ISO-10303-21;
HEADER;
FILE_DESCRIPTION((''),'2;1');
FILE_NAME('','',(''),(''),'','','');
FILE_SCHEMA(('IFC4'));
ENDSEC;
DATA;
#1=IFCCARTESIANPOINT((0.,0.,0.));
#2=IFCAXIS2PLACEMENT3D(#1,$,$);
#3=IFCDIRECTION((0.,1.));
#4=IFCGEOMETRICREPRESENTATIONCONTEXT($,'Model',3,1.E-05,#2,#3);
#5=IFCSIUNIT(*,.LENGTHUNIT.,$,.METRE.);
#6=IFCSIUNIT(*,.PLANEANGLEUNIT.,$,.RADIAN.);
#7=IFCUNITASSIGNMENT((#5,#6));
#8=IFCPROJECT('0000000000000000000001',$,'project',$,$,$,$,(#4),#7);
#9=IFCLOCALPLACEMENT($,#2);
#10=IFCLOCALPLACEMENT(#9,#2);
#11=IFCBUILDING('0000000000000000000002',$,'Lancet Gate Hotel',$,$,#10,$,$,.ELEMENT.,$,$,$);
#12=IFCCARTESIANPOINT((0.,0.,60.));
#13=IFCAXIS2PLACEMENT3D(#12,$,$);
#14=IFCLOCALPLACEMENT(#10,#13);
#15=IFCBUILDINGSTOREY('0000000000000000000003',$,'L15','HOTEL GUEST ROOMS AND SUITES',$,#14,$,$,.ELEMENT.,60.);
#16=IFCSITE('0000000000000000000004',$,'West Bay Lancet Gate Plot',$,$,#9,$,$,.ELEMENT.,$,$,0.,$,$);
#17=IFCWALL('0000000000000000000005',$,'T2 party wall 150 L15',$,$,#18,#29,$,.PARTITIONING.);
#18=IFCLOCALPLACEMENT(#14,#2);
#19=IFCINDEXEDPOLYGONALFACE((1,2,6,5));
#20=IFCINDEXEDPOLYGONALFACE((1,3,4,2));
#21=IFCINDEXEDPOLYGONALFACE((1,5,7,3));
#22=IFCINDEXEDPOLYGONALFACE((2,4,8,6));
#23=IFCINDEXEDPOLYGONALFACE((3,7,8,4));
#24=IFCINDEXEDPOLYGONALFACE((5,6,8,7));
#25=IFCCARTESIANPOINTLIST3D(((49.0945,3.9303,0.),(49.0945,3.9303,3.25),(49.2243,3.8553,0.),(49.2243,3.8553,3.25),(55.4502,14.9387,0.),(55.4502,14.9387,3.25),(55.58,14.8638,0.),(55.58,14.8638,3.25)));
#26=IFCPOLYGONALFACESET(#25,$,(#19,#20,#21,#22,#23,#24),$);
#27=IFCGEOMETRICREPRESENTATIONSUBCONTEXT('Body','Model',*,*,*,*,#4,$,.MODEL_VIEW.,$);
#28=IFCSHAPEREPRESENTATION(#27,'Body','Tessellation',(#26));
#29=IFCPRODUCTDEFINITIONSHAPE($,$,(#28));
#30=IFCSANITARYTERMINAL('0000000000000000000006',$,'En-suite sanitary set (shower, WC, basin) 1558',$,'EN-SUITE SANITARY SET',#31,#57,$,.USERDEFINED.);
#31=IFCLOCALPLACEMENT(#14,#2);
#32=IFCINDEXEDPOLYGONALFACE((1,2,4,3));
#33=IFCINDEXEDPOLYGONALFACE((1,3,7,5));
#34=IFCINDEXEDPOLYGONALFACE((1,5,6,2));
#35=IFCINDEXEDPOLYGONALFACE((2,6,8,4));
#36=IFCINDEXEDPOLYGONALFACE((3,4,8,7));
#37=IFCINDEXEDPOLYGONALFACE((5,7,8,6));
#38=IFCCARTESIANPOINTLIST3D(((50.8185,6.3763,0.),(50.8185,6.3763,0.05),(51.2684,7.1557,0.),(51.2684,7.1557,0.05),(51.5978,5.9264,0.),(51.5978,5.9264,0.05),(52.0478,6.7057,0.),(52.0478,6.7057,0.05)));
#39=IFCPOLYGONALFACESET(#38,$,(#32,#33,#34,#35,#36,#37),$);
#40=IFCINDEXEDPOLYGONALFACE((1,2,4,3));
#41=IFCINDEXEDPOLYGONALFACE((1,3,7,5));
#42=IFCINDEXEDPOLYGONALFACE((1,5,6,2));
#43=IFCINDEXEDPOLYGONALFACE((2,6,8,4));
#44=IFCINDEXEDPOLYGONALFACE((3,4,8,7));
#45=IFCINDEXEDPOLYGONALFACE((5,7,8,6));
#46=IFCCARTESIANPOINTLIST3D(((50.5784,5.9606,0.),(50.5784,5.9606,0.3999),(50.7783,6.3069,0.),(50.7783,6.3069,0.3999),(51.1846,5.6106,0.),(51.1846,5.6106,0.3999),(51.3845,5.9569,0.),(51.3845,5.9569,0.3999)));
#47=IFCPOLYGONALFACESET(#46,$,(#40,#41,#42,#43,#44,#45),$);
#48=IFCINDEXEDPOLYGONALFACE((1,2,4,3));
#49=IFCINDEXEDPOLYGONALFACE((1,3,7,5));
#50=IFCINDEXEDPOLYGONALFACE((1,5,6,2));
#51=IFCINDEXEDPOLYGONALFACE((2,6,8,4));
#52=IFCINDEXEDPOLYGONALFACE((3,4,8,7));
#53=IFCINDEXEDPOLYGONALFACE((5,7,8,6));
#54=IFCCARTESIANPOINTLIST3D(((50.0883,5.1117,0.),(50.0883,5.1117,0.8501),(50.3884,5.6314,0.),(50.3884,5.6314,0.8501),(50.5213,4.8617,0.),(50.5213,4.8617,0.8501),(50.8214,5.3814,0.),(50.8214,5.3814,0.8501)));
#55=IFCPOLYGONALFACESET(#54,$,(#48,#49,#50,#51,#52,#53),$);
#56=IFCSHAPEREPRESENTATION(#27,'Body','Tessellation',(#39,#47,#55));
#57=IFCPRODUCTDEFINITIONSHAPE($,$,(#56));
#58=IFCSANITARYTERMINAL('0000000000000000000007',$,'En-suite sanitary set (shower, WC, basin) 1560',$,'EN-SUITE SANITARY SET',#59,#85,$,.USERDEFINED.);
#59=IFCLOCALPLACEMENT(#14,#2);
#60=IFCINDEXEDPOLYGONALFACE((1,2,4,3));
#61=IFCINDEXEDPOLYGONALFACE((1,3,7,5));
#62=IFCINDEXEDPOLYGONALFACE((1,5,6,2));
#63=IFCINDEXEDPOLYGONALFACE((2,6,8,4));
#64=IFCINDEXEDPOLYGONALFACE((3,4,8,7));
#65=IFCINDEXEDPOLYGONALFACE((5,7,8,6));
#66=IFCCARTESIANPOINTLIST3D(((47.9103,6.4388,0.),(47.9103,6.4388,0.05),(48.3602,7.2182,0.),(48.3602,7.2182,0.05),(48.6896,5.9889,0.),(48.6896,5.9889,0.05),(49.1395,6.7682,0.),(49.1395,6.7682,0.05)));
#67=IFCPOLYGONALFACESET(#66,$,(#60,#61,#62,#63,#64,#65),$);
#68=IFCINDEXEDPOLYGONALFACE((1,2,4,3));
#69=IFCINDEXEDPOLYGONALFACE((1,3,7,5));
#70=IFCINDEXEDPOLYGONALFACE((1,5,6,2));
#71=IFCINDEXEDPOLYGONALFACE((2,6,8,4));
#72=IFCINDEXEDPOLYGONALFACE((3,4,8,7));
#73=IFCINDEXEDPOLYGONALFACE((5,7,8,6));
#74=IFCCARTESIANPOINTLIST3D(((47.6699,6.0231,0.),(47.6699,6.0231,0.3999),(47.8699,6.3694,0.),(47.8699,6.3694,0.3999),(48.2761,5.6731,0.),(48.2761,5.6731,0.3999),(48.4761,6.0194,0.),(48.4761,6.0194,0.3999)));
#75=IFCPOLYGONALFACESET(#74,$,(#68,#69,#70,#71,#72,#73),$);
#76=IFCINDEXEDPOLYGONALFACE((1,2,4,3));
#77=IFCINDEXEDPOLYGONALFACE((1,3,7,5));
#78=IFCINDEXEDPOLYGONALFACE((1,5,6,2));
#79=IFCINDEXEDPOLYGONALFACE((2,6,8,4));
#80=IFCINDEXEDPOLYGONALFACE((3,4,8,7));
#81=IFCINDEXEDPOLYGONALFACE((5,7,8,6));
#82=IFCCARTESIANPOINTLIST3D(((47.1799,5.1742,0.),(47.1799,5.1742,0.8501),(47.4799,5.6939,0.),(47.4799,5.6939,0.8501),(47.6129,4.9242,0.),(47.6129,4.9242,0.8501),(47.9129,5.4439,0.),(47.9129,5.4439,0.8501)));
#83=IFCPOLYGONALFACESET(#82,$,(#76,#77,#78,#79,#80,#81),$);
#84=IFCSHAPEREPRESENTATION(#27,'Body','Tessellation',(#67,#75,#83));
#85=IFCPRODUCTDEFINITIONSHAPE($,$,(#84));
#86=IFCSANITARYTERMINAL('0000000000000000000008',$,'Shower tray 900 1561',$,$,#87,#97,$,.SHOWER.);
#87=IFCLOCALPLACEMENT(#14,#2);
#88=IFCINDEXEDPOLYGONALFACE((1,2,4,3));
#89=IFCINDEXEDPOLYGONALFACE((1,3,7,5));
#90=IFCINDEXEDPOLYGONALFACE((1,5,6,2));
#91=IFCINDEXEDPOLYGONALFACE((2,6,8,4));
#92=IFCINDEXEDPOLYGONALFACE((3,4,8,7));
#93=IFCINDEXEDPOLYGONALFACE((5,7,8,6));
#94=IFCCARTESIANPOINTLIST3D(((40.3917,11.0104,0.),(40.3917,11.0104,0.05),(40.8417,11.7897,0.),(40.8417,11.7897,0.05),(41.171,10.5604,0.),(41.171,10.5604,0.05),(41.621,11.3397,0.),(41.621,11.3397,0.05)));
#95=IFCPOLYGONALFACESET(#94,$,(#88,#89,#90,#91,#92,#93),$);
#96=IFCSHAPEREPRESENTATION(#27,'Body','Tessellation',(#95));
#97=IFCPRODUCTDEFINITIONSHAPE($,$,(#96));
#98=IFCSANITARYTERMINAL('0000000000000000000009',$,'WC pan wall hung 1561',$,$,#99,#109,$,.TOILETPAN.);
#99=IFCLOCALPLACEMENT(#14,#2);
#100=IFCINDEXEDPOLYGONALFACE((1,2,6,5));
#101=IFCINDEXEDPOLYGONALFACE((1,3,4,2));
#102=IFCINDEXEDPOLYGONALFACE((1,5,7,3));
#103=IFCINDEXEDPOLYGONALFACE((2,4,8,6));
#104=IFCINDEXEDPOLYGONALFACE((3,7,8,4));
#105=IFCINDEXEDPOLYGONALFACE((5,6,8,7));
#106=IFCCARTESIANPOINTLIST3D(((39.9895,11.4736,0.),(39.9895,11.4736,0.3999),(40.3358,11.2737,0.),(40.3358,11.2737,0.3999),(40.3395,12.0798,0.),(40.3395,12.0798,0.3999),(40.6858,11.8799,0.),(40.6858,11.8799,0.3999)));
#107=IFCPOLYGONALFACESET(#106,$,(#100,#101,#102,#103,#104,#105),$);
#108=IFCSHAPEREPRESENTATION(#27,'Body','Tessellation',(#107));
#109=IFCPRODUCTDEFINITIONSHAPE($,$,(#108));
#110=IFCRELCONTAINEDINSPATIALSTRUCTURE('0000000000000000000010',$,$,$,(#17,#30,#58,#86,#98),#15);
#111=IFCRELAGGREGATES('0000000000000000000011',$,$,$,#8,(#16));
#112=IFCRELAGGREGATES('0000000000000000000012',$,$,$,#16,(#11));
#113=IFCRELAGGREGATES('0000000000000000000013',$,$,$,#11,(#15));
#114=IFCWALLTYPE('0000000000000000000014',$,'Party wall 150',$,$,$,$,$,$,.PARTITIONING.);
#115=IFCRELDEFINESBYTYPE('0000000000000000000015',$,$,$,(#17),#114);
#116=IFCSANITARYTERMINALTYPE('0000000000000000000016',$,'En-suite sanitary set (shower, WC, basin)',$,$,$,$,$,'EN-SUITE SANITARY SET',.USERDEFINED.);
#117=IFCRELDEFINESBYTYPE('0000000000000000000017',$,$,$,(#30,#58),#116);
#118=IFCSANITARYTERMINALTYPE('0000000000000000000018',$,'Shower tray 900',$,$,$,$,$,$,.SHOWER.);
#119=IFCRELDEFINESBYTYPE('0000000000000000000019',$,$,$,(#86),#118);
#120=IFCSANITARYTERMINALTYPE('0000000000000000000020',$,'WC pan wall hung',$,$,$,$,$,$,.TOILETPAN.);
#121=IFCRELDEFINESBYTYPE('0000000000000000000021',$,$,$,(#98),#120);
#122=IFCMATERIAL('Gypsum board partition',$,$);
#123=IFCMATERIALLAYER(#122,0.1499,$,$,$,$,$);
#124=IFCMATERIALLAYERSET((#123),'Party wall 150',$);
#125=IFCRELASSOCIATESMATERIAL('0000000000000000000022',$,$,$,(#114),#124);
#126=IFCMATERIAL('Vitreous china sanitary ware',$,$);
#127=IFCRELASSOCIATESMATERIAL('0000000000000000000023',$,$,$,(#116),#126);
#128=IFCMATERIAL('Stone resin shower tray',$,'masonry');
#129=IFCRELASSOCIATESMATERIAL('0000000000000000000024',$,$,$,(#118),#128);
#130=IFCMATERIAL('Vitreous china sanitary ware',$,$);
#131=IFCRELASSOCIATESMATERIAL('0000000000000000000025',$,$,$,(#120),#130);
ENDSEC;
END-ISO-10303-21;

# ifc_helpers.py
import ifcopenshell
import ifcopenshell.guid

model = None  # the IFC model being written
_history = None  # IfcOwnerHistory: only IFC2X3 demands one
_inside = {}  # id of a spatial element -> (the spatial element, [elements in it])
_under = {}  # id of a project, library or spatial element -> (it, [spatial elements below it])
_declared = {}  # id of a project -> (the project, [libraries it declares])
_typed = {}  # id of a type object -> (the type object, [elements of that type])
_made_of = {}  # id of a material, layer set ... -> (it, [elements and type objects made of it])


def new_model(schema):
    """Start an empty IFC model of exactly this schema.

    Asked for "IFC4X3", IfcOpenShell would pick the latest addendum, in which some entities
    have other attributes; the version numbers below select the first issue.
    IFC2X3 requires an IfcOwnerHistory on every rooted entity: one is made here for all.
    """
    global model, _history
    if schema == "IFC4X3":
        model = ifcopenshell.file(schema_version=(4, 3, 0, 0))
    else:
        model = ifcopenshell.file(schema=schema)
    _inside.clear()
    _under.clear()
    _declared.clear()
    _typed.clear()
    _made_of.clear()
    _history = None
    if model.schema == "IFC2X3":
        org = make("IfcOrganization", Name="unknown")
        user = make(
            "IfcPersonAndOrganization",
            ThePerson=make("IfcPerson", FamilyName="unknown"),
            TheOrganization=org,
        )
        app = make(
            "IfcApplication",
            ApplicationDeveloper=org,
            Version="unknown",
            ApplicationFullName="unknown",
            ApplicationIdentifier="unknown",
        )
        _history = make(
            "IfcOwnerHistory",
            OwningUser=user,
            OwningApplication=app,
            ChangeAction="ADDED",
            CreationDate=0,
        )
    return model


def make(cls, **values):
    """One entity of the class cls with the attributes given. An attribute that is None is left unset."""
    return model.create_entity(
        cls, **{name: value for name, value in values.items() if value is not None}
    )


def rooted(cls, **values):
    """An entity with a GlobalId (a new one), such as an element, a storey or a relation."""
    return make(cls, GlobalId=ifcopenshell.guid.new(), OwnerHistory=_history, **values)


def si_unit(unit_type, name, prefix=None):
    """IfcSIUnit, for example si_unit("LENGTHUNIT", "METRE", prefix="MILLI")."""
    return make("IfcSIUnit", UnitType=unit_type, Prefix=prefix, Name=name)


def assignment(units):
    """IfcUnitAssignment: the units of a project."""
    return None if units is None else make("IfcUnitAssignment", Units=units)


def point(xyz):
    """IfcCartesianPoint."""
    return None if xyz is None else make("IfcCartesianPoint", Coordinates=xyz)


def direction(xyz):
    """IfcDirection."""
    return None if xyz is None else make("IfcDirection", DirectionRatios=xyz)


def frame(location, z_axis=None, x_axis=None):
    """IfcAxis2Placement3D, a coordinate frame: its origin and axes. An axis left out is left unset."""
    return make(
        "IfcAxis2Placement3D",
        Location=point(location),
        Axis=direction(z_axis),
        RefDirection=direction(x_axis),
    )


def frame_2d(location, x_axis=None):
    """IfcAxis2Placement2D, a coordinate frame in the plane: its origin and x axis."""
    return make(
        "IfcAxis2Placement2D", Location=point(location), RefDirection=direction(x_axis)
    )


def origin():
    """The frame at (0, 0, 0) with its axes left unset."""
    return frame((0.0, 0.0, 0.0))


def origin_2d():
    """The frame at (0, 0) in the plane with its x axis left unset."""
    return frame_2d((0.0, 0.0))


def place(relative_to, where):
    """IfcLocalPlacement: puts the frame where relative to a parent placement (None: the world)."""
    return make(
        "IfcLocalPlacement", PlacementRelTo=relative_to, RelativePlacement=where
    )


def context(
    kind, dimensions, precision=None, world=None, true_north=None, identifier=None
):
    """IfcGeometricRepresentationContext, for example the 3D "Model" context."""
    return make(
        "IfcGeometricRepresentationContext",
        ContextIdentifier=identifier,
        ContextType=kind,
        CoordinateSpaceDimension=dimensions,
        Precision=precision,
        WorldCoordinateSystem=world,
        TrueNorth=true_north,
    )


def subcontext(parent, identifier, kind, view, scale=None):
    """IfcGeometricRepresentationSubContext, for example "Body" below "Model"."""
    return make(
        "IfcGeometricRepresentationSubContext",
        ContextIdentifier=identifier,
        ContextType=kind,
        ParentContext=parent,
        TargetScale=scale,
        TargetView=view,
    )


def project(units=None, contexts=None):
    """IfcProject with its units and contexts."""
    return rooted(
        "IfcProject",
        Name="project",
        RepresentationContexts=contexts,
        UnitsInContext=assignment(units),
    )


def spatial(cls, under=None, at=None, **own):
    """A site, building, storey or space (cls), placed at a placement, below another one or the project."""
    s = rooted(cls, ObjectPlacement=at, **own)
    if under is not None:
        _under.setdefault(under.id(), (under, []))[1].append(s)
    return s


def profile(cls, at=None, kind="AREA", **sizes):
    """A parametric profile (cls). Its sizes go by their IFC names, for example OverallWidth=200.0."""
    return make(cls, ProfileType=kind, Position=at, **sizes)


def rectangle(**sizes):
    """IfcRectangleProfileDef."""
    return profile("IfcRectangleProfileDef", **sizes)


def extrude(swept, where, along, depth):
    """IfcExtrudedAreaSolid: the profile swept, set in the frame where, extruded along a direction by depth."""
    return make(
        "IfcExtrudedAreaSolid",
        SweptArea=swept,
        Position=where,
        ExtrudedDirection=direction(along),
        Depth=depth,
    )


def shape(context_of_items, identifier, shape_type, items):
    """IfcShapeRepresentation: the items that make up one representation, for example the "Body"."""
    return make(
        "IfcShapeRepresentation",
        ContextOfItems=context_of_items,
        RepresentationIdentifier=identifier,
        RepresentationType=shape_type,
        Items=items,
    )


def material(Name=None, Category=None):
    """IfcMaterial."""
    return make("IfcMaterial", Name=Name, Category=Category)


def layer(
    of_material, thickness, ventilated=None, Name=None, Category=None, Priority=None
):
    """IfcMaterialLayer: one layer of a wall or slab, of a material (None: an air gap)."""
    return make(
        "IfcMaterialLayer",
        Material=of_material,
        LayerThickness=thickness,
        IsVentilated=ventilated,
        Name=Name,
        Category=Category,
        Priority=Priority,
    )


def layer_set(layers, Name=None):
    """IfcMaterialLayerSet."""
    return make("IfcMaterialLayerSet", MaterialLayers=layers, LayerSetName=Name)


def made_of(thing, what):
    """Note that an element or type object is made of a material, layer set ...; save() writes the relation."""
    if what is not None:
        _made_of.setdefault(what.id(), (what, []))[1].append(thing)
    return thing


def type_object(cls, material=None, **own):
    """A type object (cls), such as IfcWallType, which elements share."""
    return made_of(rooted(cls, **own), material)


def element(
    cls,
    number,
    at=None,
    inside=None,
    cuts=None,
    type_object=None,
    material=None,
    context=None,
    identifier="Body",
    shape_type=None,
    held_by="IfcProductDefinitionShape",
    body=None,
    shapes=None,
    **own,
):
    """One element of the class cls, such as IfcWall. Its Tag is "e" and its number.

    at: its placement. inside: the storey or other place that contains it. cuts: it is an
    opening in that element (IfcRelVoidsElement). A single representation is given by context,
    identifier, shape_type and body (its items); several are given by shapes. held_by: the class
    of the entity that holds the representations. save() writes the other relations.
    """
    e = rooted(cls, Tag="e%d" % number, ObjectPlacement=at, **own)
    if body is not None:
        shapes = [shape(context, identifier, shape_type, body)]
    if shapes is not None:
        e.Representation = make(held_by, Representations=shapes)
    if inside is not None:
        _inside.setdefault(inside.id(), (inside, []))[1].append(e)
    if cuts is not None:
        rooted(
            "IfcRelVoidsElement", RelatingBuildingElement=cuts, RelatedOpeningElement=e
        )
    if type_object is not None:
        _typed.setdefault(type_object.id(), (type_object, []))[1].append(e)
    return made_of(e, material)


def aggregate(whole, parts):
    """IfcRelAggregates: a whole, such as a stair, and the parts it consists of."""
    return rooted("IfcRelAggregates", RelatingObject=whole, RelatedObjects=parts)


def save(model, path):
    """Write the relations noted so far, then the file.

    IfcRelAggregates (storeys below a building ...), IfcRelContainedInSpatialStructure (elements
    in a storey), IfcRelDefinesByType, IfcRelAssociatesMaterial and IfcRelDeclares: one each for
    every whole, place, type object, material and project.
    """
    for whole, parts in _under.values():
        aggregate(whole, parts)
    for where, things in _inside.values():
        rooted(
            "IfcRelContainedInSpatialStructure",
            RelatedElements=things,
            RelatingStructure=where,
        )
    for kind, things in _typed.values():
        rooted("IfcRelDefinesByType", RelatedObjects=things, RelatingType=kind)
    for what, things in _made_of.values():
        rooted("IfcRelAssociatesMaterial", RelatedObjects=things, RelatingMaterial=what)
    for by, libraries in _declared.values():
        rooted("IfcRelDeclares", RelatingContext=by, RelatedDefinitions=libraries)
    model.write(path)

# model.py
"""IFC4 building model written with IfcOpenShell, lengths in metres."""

from ifc_helpers import new_model, si_unit, direction, frame, frame_2d, origin, origin_2d, place, context, subcontext, project, spatial, rectangle, extrude, material, layer, layer_set, type_object, element, save


model = new_model("IFC4")

# Units and contexts
model_context = context("Model", 3, precision=1e-05, world=origin(), true_north=direction((0.0, 1.0)))
body_context = subcontext(model_context, "Body", "Model", "MODEL_VIEW")
ifc_project = project(units=[si_unit("LENGTHUNIT", "METRE"), si_unit("PLANEANGLEUNIT", "RADIAN")], contexts=[model_context])

# Site, building, storey
site_placement = place(None, origin())
site = spatial("IfcSite", under=ifc_project, at=site_placement, Name="West Bay Lancet Gate Plot", CompositionType="ELEMENT", RefElevation=0.0)
building_placement = place(site_placement, origin())
building = spatial("IfcBuilding", under=site, at=building_placement, Name="Lancet Gate Hotel", CompositionType="ELEMENT")
storey_placement = place(building_placement, frame((0.0, 0.0, 60.0)))
storey = spatial("IfcBuildingStorey", under=building, at=storey_placement, Name="L15", Description="HOTEL GUEST ROOMS AND SUITES", CompositionType="ELEMENT", Elevation=60.0)

# Wall
ifc_material_1 = material(Name="Gypsum board partition")
ifc_layer_1 = layer(ifc_material_1, 0.1499)
ifc_layer_set_1 = layer_set([ifc_layer_1], Name="Party wall 150")
wall_type_1 = type_object("IfcWallType", Name="Party wall 150", PredefinedType="PARTITIONING", material=ifc_layer_set_1)
wall_1_placement = place(storey_placement, frame((49.1594, 3.8928, 0.0), z_axis=(0.0, 0.0, 1.0), x_axis=(0.499996, 0.866028, 0.0)))
element("IfcWall", 1, at=wall_1_placement, inside=storey, type_object=wall_type_1, Name="T2 party wall 150 L15", PredefinedType="PARTITIONING", context=body_context, shape_type="SweptSolid", body=[
    extrude(rectangle(XDim=12.7114, YDim=0.1499, at=frame_2d((6.3557, 0.0))), origin(), (0.0, 0.0, 1.0), 3.25),
])

# Sanitary terminals
ifc_material_2 = material(Name="Vitreous china sanitary ware")
sanitary_terminal_type_1 = type_object("IfcSanitaryTerminalType", Name="En-suite sanitary set (shower, WC, basin)", ElementType="EN-SUITE SANITARY SET", PredefinedType="USERDEFINED", material=ifc_material_2)
sanitary_terminal_1_placement = place(storey_placement, frame((51.4331, 6.541, 0.0), z_axis=(0.0, 0.0, 1.0), x_axis=(1.0, 0.0, 0.0)))
element("IfcSanitaryTerminal", 2, at=sanitary_terminal_1_placement, inside=storey, type_object=sanitary_terminal_type_1, Name="En-suite sanitary set (shower, WC, basin) 1558", ObjectType="EN-SUITE SANITARY SET", PredefinedType="USERDEFINED", context=body_context, shape_type="SweptSolid", body=[
    extrude(rectangle(XDim=0.8999, YDim=0.8999, at=origin_2d()), frame((0.0, 0.0, 0.0), z_axis=(0.0, 0.0, 1.0), x_axis=(0.5, 0.866025, 0.0)), (0.0, 0.0, 1.0), 0.05),
    extrude(rectangle(XDim=0.3999, YDim=0.7, at=origin_2d()), frame((-0.4517, -0.5823, 0.0), z_axis=(0.0, 0.0, 1.0), x_axis=(0.5, 0.866025, 0.0)), (0.0, 0.0, 1.0), 0.3999),
    extrude(rectangle(XDim=0.6001, YDim=0.5, at=origin_2d()), frame((-0.9783, -1.2944, 0.0), z_axis=(0.0, 0.0, 1.0), x_axis=(0.5, 0.866025, 0.0)), (0.0, 0.0, 1.0), 0.8501),
])
sanitary_terminal_2_placement = place(storey_placement, frame((48.5249, 6.6035, 0.0), z_axis=(0.0, 0.0, 1.0), x_axis=(1.0, 0.0, 0.0)))
element("IfcSanitaryTerminal", 3, at=sanitary_terminal_2_placement, inside=storey, type_object=sanitary_terminal_type_1, Name="En-suite sanitary set (shower, WC, basin) 1560", ObjectType="EN-SUITE SANITARY SET", PredefinedType="USERDEFINED", context=body_context, shape_type="SweptSolid", body=[
    extrude(rectangle(XDim=0.8999, YDim=0.8999, at=origin_2d()), frame((0.0, 0.0, 0.0), z_axis=(0.0, 0.0, 1.0), x_axis=(0.5, 0.866025, 0.0)), (0.0, 0.0, 1.0), 0.05),
    extrude(rectangle(XDim=0.3999, YDim=0.7, at=origin_2d()), frame((-0.4519, -0.5823, 0.0), z_axis=(0.0, 0.0, 1.0), x_axis=(0.5, 0.866025, 0.0)), (0.0, 0.0, 1.0), 0.3999),
    extrude(rectangle(XDim=0.6001, YDim=0.5, at=origin_2d()), frame((-0.9785, -1.2944, 0.0), z_axis=(0.0, 0.0, 1.0), x_axis=(0.5, 0.866025, 0.0)), (0.0, 0.0, 1.0), 0.8501),
])
ifc_material_3 = material(Name="Stone resin shower tray", Category="masonry")
sanitary_terminal_type_2 = type_object("IfcSanitaryTerminalType", Name="Shower tray 900", PredefinedType="SHOWER", material=ifc_material_3)
sanitary_terminal_3_placement = place(storey_placement, frame((41.0063, 11.175, 0.0), z_axis=(0.0, 0.0, 1.0), x_axis=(0.866025, -0.5, 0.0)))
element("IfcSanitaryTerminal", 4, at=sanitary_terminal_3_placement, inside=storey, type_object=sanitary_terminal_type_2, Name="Shower tray 900 1561", PredefinedType="SHOWER", context=body_context, shape_type="SweptSolid", body=[
    extrude(rectangle(XDim=0.8999, YDim=0.8999, at=origin_2d()), origin(), (0.0, 0.0, 1.0), 0.05),
])
ifc_material_4 = material(Name="Vitreous china sanitary ware")
sanitary_terminal_type_3 = type_object("IfcSanitaryTerminalType", Name="WC pan wall hung", PredefinedType="TOILETPAN", material=ifc_material_4)
sanitary_terminal_4_placement = place(storey_placement, frame((40.3376, 11.6768, 0.0), z_axis=(0.0, 0.0, 1.0), x_axis=(0.866025, -0.5, 0.0)))
element("IfcSanitaryTerminal", 5, at=sanitary_terminal_4_placement, inside=storey, type_object=sanitary_terminal_type_3, Name="WC pan wall hung 1561", PredefinedType="TOILETPAN", context=body_context, shape_type="SweptSolid", body=[
    extrude(rectangle(XDim=0.3999, YDim=0.7, at=origin_2d()), origin(), (0.0, 0.0, 1.0), 0.3999),
])

save(model, "model.ifc")
